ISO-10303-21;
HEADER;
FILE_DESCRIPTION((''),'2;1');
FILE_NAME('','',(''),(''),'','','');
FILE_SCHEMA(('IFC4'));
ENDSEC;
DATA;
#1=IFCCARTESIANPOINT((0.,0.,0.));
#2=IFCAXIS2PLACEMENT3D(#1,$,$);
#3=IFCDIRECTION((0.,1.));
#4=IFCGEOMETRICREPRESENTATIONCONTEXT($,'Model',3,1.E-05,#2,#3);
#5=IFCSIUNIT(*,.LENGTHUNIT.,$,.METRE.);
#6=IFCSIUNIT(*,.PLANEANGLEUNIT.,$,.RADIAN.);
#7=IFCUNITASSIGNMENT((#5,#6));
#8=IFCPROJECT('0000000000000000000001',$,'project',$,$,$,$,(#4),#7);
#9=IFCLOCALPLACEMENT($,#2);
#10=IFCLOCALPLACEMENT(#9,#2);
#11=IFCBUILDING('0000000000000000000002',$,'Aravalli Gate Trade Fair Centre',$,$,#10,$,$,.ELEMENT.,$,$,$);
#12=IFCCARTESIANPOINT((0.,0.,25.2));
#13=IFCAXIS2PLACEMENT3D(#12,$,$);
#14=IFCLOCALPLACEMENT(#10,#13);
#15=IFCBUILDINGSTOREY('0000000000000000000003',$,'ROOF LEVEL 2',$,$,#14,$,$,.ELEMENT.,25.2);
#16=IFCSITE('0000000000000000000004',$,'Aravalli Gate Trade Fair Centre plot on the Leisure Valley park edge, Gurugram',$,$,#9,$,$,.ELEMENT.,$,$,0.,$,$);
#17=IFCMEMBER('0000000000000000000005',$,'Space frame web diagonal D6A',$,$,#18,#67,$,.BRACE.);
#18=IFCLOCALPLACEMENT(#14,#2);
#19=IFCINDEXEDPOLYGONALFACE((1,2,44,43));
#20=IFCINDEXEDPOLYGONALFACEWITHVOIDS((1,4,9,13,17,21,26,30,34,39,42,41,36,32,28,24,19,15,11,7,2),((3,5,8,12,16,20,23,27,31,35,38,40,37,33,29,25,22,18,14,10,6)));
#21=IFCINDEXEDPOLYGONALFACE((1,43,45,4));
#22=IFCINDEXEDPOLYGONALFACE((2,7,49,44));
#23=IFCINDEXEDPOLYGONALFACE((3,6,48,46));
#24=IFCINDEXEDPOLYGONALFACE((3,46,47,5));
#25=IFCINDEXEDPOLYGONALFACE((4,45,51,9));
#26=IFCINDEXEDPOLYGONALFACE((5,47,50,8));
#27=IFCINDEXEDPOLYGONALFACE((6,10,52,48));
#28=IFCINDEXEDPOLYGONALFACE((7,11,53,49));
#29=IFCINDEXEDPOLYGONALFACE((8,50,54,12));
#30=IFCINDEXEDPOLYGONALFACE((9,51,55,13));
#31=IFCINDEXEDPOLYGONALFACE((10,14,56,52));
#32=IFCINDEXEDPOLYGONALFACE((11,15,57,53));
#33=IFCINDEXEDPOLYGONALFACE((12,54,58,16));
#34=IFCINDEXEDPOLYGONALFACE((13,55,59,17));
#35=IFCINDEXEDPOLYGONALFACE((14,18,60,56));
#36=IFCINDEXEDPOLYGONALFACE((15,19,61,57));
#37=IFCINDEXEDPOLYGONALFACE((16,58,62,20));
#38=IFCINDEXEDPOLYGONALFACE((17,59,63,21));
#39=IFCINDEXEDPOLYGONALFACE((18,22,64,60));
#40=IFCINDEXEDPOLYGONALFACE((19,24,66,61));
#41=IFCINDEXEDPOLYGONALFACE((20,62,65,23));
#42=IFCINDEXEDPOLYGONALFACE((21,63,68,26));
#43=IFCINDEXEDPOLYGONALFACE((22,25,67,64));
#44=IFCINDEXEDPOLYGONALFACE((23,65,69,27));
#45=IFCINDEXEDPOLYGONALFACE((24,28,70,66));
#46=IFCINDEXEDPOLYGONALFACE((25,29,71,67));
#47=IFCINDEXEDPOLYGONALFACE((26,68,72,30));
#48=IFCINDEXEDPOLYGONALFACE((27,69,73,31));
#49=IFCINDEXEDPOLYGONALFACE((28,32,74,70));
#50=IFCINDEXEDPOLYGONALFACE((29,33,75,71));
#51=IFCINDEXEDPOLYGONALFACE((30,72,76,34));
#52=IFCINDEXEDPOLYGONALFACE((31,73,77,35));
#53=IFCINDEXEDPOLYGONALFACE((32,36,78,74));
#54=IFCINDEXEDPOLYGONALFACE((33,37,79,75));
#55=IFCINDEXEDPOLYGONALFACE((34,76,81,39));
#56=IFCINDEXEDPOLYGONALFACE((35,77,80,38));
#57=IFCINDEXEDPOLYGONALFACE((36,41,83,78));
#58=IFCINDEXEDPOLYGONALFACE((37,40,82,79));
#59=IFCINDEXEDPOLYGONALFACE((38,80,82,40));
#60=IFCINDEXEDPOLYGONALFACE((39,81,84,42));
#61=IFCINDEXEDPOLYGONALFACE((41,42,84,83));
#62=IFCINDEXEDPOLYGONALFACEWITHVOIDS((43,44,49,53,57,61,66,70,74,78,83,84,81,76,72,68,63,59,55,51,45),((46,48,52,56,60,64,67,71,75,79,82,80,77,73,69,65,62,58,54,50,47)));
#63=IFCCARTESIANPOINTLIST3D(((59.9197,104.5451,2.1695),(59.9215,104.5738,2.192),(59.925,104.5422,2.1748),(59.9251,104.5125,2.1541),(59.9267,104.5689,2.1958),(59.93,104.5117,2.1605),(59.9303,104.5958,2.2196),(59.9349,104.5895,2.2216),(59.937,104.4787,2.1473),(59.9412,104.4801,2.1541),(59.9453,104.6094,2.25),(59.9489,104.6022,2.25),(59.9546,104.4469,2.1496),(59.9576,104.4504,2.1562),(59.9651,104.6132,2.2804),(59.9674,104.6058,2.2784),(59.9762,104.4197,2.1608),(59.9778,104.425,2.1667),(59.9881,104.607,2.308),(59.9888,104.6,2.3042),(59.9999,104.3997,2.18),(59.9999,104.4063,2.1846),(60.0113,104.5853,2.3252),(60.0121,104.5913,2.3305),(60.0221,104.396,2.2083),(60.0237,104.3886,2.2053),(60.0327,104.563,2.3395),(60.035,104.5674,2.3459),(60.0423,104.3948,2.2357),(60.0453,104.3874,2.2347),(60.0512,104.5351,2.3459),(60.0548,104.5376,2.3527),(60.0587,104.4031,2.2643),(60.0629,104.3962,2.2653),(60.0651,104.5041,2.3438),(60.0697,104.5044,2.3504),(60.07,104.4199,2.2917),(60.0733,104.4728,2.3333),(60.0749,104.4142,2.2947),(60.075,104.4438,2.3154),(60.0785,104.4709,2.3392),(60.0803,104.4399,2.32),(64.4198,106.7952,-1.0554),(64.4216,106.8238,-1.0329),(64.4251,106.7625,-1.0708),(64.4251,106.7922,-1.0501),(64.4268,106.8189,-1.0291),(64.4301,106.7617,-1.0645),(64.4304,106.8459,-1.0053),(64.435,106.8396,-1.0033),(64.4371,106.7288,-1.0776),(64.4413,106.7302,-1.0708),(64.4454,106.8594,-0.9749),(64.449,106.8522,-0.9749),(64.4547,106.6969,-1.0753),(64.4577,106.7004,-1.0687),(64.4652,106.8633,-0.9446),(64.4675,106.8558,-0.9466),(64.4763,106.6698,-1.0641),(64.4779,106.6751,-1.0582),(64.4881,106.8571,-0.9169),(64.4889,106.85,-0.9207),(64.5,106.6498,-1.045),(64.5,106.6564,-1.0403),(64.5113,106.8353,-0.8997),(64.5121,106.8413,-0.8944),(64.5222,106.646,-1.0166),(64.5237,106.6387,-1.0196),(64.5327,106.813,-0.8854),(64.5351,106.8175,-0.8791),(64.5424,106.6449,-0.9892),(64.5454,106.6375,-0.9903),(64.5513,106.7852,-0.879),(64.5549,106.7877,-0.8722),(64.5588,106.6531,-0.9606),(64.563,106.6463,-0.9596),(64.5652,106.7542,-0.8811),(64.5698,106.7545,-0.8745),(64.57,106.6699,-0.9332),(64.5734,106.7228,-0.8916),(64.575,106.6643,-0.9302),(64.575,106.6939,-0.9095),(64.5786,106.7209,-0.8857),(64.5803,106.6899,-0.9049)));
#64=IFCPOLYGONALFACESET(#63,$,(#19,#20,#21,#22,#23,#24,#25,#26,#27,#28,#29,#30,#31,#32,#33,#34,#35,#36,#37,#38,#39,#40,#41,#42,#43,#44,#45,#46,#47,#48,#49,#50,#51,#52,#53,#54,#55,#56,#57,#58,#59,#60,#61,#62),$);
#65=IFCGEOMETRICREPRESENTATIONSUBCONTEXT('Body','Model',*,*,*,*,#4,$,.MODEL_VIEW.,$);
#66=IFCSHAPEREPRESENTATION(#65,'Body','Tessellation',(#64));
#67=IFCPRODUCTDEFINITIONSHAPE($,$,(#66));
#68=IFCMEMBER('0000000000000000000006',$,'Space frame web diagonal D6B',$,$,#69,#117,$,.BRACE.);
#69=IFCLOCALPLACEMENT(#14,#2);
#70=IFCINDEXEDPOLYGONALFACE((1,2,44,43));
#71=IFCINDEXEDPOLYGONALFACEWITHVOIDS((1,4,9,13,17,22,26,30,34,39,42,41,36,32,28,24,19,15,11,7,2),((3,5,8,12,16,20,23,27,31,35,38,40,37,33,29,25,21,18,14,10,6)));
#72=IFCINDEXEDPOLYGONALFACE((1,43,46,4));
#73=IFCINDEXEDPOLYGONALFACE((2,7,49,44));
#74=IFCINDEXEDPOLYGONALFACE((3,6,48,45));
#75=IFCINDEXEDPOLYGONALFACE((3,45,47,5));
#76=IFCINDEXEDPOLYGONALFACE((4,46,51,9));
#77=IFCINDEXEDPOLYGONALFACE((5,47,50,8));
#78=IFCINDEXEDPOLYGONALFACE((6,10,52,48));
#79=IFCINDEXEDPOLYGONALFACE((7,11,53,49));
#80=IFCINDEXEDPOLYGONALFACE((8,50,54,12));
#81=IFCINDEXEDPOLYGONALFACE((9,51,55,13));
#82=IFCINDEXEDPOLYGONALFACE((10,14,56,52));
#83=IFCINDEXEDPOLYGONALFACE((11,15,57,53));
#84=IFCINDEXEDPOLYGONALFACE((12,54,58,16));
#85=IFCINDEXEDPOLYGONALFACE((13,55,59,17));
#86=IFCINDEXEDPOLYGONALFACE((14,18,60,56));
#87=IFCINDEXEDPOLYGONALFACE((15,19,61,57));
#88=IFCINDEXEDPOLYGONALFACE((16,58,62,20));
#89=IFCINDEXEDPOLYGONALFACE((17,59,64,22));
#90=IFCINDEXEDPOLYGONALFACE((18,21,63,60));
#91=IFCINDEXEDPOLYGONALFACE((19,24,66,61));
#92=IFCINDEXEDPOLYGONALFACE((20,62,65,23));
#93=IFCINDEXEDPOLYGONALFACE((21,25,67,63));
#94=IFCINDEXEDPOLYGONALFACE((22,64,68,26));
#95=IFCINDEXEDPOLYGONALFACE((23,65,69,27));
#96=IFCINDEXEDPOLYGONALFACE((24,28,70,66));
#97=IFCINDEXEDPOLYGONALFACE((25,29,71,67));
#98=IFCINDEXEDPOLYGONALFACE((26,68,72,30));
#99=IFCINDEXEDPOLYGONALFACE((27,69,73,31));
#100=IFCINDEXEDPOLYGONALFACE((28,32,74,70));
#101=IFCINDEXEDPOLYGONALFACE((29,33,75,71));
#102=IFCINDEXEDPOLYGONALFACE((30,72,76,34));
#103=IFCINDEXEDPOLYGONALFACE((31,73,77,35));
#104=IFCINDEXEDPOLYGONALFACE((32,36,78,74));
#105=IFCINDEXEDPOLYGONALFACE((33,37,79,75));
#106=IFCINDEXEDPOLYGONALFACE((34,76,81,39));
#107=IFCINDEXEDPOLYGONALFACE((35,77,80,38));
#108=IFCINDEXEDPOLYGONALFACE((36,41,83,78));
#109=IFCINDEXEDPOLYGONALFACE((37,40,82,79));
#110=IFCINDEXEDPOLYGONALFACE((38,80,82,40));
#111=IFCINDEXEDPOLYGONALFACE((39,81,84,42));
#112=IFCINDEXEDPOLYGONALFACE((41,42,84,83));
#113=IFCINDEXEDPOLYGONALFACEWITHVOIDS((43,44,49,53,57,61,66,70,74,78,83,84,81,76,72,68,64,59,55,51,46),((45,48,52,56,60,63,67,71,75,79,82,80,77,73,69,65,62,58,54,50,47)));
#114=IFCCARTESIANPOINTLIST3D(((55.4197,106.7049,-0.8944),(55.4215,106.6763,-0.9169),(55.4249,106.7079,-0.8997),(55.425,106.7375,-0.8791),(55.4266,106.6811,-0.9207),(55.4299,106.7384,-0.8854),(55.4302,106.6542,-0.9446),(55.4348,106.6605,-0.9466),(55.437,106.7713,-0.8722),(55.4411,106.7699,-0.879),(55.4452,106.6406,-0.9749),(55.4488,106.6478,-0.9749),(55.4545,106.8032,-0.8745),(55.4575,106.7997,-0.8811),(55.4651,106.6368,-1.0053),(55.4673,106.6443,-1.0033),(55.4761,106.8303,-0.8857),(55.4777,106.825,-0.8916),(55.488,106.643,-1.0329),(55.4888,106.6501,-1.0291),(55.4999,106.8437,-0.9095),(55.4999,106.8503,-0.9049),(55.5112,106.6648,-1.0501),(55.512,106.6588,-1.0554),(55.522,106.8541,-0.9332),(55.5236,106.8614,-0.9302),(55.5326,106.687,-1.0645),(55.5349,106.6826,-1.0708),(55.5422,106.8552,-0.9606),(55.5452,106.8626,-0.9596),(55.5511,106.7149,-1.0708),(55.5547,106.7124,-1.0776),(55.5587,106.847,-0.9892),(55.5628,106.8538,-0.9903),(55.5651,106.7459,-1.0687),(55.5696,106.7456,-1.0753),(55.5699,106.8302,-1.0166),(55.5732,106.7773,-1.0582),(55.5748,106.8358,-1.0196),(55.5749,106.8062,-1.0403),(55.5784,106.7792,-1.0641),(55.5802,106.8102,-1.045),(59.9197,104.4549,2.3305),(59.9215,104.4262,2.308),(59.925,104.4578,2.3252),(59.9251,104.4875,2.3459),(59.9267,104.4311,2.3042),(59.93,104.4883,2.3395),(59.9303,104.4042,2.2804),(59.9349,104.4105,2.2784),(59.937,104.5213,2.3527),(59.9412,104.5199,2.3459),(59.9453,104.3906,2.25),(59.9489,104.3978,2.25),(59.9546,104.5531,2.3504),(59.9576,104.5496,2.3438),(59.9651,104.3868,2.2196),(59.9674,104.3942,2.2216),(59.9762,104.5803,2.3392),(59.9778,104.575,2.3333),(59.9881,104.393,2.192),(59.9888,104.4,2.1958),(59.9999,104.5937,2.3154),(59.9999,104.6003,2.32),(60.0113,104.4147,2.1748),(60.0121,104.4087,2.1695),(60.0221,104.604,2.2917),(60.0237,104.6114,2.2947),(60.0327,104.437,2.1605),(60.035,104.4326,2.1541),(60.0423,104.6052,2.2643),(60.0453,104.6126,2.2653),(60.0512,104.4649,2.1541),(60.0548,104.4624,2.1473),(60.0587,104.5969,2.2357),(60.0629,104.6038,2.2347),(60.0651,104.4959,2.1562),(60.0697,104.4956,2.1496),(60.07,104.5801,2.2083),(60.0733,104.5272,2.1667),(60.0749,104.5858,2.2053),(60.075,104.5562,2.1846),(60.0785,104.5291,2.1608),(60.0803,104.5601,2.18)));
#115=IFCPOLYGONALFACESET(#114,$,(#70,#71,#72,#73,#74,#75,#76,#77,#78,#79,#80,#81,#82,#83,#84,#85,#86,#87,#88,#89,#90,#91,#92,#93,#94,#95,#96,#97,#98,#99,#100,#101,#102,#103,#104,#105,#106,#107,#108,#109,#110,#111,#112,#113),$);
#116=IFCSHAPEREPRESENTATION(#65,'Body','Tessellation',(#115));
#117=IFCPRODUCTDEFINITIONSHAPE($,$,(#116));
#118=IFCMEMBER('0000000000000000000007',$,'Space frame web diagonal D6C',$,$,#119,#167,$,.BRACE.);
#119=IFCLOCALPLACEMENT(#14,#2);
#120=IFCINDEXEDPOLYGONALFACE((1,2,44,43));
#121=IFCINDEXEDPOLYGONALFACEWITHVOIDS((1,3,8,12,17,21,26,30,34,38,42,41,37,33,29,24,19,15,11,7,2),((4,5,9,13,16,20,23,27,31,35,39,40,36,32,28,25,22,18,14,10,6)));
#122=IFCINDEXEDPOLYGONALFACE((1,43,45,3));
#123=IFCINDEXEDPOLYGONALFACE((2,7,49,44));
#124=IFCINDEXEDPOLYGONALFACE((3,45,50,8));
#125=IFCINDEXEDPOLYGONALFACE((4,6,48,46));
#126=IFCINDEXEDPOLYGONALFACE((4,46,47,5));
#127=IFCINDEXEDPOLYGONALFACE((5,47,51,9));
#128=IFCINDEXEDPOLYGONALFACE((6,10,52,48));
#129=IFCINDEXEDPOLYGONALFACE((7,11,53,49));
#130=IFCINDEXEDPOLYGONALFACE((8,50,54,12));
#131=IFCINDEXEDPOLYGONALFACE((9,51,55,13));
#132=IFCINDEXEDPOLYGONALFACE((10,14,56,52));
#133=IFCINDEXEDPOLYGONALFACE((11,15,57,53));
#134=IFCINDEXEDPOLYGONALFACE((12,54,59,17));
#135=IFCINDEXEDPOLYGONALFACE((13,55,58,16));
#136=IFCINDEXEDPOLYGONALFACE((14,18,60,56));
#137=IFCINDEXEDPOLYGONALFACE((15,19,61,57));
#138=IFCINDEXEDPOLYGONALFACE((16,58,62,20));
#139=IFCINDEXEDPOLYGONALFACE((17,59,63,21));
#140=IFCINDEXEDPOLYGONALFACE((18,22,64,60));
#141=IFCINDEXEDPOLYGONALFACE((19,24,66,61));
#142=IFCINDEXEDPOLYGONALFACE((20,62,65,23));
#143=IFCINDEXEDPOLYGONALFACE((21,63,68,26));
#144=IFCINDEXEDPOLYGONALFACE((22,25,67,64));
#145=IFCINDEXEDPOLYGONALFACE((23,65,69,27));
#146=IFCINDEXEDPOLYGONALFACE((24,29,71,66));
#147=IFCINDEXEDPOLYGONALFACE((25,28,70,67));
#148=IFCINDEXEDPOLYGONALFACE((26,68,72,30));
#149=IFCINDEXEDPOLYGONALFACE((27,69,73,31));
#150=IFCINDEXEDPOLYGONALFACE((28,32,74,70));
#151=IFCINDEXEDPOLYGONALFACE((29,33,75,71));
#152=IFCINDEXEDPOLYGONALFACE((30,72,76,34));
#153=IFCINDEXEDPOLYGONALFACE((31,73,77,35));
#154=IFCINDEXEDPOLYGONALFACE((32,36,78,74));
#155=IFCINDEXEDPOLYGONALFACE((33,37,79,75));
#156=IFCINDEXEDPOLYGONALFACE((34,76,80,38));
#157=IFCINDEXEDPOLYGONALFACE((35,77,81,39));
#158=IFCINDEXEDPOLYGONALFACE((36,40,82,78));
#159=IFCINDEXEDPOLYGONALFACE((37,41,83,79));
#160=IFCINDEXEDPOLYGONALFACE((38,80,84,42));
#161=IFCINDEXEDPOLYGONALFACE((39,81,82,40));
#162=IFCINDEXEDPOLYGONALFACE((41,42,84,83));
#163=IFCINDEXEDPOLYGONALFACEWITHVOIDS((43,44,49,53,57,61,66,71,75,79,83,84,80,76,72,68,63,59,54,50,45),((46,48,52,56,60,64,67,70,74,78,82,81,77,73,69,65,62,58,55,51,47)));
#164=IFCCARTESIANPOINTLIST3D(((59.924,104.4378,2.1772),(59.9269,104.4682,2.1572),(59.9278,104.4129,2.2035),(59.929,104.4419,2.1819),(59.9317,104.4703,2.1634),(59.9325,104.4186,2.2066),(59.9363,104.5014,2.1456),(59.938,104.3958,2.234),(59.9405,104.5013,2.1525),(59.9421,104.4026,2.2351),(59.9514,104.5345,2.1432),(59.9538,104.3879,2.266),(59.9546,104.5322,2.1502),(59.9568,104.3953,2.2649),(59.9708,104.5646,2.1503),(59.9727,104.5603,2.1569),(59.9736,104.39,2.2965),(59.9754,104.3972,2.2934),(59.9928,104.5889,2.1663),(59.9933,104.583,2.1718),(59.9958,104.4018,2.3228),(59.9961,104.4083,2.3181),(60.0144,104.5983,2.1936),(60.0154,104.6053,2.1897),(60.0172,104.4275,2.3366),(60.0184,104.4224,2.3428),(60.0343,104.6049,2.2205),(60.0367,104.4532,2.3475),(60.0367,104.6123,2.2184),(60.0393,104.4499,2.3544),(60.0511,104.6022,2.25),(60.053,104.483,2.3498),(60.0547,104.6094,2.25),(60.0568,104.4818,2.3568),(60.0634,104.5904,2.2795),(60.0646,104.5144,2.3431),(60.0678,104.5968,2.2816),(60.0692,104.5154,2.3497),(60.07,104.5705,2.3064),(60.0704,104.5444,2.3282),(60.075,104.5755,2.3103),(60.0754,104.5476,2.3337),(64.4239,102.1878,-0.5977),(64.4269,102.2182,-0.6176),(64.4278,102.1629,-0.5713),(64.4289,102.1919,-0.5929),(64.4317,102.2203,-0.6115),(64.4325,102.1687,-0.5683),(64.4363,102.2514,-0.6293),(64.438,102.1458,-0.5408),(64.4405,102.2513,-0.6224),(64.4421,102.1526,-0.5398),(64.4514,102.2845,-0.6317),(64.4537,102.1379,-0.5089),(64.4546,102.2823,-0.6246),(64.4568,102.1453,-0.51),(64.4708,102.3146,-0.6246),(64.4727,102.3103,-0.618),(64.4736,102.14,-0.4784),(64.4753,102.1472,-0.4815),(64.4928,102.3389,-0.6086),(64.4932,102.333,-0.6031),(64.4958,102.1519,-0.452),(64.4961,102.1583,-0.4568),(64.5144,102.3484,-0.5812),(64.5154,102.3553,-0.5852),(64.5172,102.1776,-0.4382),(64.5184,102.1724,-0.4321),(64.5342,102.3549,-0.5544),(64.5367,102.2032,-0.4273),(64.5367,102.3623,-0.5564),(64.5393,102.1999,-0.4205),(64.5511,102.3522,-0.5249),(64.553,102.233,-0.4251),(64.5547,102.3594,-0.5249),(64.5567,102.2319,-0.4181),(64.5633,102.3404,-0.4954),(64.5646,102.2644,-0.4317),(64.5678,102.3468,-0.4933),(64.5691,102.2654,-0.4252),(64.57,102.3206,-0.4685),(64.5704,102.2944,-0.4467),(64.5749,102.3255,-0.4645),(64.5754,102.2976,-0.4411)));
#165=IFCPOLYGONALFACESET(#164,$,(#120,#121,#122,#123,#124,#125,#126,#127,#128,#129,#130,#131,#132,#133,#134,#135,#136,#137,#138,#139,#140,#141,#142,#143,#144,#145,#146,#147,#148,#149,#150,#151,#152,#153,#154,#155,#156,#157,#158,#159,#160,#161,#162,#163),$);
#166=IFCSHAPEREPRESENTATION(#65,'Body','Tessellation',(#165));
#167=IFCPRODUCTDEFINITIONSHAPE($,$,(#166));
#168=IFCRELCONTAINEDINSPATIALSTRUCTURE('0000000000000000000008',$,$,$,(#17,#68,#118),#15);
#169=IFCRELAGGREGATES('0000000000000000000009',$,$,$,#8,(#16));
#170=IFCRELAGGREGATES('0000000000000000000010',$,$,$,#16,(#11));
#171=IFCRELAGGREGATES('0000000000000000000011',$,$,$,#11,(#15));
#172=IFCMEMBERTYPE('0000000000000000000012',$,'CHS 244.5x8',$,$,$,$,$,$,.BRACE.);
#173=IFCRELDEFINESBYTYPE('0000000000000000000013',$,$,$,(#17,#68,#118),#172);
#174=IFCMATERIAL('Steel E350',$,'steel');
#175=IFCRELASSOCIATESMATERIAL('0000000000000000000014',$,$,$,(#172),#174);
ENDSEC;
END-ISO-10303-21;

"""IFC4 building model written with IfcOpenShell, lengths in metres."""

from ifc_helpers import new_model, si_unit, direction, frame, origin, origin_2d, place, context, subcontext, project, spatial, hollow_circle, extrude, material, material_profile, profile_set, type_object, element, save


model = new_model("IFC4")

# Units and contexts
model_context = context("Model", 3, precision=1e-05, world=origin(), true_north=direction((0.0, 1.0)))
body_context = subcontext(model_context, "Body", "Model", "MODEL_VIEW")
ifc_project = project(units=[si_unit("LENGTHUNIT", "METRE"), si_unit("PLANEANGLEUNIT", "RADIAN")], contexts=[model_context])

# Site, building, storey
site_placement = place(None, origin())
site = spatial("IfcSite", under=ifc_project, at=site_placement, Name="Aravalli Gate Trade Fair Centre plot on the Leisure Valley park edge, Gurugram", CompositionType="ELEMENT", RefElevation=0.0)
building_placement = place(site_placement, origin())
building = spatial("IfcBuilding", under=site, at=building_placement, Name="Aravalli Gate Trade Fair Centre", CompositionType="ELEMENT")
storey_placement = place(building_placement, frame((0.0, 0.0, 25.2)))
storey = spatial("IfcBuildingStorey", under=building, at=storey_placement, Name="ROOF LEVEL 2", CompositionType="ELEMENT", Elevation=25.2)

# Members
ifc_material_1 = material(Name="Steel E350", Category="steel")
ifc_material_profile_1 = material_profile(ifc_material_1, hollow_circle(Radius=0.1223, WallThickness=0.0081, at=origin_2d()), Name="CHS 244.5x8")
ifc_profile_set_1 = profile_set([ifc_material_profile_1], Name="Steel E350")
member_type_1 = type_object("IfcMemberType", Name="CHS 244.5x8", PredefinedType="BRACE", material=ifc_profile_set_1)
for number, where, z_axis, x_axis, name in (
    (1, (60.0, 104.5, 2.25), (0.753016, 0.376508, -0.539637), (-0.447214, 0.894427, 0.0), "Space frame web diagonal D6A"),
    (2, (60.0, 104.5, 2.25), (-0.753016, 0.376508, -0.539637), (-0.447214, -0.894427, 0.0), "Space frame web diagonal D6B"),
):
    element("IfcMember", number, at=place(storey_placement, frame(where, z_axis=z_axis, x_axis=x_axis)), inside=storey, type_object=member_type_1, Name=name, PredefinedType="BRACE", context=body_context, shape_type="SweptSolid", body=[
        extrude(hollow_circle(Radius=0.1223, WallThickness=0.0081, at=origin_2d()), origin(), (0.0, 0.0, 1.0), 5.9761),
    ])
for number, where, z_axis, x_axis, name in (
    (3, (60.0, 104.5, 2.25), (0.7832, -0.3916, -0.482956), (0.447214, 0.894427, 0.0), "Space frame web diagonal D6C"),
):
    element("IfcMember", number, at=place(storey_placement, frame(where, z_axis=z_axis, x_axis=x_axis)), inside=storey, type_object=member_type_1, Name=name, PredefinedType="BRACE", context=body_context, shape_type="SweptSolid", body=[
        extrude(hollow_circle(Radius=0.1223, WallThickness=0.0081, at=origin_2d()), origin(), (0.0, 0.0, 1.0), 5.7456),
    ])

save(model, "model.ifc")
